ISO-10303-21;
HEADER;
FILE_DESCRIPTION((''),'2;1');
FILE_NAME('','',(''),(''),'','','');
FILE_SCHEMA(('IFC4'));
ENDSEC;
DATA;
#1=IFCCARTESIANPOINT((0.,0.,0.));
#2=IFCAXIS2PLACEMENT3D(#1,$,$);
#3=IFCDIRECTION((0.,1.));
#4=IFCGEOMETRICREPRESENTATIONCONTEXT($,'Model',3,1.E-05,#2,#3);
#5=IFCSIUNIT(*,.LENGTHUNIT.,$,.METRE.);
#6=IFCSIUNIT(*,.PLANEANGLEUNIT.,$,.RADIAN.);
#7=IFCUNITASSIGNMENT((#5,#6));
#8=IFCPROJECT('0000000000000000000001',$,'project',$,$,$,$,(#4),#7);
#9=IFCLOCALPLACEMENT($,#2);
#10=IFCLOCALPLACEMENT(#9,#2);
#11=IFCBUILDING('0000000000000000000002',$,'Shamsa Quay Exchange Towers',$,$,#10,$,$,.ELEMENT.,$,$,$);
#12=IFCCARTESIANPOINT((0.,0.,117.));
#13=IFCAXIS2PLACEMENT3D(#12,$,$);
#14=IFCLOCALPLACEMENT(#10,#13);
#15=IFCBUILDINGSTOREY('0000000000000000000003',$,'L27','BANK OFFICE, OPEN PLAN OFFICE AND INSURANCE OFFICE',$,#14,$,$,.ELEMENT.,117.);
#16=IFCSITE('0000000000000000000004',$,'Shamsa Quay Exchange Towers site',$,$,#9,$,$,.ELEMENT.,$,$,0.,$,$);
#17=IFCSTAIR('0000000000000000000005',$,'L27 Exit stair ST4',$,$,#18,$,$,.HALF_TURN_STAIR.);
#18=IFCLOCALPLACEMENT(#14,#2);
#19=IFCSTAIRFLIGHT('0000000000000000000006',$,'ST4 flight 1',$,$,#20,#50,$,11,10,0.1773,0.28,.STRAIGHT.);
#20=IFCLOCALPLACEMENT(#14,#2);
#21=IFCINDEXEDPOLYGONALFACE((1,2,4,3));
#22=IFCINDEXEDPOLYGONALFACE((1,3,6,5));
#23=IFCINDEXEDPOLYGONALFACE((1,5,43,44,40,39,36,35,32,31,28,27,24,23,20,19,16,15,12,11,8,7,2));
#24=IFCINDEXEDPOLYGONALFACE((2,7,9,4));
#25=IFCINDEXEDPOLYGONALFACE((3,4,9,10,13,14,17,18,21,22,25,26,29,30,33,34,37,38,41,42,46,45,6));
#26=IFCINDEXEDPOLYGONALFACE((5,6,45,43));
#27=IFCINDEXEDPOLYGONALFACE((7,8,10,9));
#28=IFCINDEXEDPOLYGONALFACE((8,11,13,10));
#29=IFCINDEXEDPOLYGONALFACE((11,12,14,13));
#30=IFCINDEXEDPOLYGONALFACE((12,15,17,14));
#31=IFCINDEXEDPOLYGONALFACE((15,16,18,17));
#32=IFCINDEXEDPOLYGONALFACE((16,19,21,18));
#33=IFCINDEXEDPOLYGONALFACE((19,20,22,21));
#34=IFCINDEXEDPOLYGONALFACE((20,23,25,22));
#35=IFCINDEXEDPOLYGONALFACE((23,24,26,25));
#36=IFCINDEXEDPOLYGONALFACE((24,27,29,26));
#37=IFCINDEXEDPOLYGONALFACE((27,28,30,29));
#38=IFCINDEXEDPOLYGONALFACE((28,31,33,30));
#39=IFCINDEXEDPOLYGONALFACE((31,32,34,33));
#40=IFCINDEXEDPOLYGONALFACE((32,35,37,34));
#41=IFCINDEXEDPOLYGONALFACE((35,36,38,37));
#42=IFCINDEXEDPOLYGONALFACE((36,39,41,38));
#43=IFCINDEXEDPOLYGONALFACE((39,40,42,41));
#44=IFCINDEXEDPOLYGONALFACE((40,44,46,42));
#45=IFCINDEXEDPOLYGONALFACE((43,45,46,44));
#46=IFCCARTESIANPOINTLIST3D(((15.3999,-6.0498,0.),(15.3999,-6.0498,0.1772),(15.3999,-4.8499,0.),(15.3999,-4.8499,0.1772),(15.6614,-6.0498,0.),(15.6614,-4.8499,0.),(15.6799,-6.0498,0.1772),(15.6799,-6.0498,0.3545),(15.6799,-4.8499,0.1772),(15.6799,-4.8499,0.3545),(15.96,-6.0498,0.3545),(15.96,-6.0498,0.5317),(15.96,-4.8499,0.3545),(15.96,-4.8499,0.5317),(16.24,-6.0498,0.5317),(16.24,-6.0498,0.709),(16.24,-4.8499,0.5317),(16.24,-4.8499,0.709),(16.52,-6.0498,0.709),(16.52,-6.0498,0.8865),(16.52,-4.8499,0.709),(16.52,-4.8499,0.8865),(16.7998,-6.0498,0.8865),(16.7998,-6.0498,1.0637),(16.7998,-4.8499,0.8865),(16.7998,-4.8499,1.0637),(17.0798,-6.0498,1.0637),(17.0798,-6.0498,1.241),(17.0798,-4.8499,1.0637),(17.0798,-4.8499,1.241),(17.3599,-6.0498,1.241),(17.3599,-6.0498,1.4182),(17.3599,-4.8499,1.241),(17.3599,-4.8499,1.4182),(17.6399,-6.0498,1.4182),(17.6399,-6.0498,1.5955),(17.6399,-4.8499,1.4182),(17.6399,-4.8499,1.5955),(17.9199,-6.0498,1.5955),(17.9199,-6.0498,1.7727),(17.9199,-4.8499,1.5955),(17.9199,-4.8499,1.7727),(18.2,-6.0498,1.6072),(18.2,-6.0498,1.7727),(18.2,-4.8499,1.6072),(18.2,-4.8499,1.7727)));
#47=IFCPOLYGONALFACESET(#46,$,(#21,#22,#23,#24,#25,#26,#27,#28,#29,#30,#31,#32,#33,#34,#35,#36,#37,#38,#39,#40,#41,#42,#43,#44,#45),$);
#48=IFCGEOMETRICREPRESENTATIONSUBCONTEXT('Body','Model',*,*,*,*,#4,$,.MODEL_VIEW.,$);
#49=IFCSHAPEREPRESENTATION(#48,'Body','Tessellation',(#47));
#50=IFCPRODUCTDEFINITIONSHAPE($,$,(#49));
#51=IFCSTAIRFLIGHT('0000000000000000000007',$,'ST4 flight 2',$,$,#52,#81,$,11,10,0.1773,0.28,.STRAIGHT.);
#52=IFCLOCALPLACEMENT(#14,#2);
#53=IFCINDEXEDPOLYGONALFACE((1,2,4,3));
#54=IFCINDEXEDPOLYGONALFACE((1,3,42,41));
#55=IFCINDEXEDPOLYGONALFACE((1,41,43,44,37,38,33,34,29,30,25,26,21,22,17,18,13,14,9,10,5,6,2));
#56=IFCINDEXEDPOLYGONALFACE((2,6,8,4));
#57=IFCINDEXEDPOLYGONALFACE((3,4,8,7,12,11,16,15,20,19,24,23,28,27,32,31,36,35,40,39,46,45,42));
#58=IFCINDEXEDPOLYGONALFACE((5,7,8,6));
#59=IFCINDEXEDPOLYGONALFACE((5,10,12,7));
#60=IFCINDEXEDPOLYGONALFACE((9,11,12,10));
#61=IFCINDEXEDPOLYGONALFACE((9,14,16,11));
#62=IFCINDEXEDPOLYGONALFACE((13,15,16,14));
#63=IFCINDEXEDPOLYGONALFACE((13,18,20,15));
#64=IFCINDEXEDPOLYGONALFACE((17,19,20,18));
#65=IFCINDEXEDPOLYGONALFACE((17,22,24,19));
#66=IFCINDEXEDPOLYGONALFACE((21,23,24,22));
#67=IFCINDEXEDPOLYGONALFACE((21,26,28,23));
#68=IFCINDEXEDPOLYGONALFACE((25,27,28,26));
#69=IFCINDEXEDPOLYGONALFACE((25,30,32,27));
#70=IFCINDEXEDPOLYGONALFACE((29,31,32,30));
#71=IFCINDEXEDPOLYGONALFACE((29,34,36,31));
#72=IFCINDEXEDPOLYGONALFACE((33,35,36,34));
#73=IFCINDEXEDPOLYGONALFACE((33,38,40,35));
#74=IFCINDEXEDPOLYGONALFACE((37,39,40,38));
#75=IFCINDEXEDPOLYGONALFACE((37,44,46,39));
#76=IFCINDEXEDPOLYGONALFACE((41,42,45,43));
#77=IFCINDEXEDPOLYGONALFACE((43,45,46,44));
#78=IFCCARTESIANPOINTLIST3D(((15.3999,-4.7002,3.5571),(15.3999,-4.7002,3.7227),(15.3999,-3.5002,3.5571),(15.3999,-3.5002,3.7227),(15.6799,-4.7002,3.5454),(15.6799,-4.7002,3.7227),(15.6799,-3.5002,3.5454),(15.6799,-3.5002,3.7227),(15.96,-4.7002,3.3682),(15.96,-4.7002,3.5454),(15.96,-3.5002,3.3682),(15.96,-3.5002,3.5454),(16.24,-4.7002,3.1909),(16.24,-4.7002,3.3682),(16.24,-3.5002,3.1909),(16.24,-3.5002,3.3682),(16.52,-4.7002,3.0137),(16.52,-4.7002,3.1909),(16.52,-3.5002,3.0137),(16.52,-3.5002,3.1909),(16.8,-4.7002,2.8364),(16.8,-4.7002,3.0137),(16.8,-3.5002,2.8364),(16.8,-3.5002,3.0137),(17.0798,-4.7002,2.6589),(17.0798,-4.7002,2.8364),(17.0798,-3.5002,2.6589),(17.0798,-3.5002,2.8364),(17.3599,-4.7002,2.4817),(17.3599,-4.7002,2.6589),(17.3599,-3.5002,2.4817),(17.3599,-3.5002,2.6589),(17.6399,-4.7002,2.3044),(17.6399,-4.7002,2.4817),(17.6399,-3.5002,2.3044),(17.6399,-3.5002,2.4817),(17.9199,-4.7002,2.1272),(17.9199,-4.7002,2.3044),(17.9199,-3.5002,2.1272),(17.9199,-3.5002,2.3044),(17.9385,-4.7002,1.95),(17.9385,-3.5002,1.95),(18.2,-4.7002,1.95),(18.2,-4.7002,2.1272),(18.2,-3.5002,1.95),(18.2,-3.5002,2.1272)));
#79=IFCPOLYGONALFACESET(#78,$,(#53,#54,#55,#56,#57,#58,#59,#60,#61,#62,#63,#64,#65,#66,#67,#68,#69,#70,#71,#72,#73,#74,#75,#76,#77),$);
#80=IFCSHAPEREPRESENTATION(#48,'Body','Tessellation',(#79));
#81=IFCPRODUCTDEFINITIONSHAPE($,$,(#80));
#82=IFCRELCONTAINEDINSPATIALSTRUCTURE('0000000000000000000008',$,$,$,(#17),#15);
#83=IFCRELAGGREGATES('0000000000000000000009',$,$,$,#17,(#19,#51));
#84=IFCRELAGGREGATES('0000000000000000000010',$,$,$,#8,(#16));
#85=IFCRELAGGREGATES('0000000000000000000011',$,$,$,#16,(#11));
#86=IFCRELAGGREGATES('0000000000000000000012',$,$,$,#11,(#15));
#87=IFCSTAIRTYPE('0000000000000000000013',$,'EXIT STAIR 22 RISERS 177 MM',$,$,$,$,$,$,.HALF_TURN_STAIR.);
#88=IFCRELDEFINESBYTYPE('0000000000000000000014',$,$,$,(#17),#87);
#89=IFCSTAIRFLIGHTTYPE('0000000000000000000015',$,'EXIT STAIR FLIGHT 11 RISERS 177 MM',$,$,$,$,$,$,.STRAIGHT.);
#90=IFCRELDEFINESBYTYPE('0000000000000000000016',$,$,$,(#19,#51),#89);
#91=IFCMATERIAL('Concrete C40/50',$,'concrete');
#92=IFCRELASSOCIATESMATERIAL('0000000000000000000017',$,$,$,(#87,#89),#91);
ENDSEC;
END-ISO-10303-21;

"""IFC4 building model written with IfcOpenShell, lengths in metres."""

from ifc_helpers import new_model, si_unit, direction, frame, origin, place, context, subcontext, project, spatial, polyline, outline, extrude, material, type_object, element, aggregate, save


model = new_model("IFC4")

# Units and contexts
model_context = context("Model", 3, precision=1e-05, world=origin(), true_north=direction((0.0, 1.0)))
body_context = subcontext(model_context, "Body", "Model", "MODEL_VIEW")
ifc_project = project(units=[si_unit("LENGTHUNIT", "METRE"), si_unit("PLANEANGLEUNIT", "RADIAN")], contexts=[model_context])

# Site, building, storey
site_placement = place(None, origin())
site = spatial("IfcSite", under=ifc_project, at=site_placement, Name="Shamsa Quay Exchange Towers site", CompositionType="ELEMENT", RefElevation=0.0)
building_placement = place(site_placement, origin())
building = spatial("IfcBuilding", under=site, at=building_placement, Name="Shamsa Quay Exchange Towers", CompositionType="ELEMENT")
storey_placement = place(building_placement, frame((0.0, 0.0, 117.0)))
storey = spatial("IfcBuildingStorey", under=building, at=storey_placement, Name="L27", Description="BANK OFFICE, OPEN PLAN OFFICE AND INSURANCE OFFICE", CompositionType="ELEMENT", Elevation=117.0)

# Stair, stair flights
ifc_material_1 = material(Name="Concrete C40/50", Category="concrete")
stair_type = type_object("IfcStairType", Name="EXIT STAIR 22 RISERS 177 MM", PredefinedType="HALF_TURN_STAIR", material=ifc_material_1)
stair_placement = place(storey_placement, origin())
stair = element("IfcStair", 1, at=stair_placement, inside=storey, type_object=stair_type, Name="L27 Exit stair ST4", PredefinedType="HALF_TURN_STAIR")
stair_flight_type = type_object("IfcStairFlightType", Name="EXIT STAIR FLIGHT 11 RISERS 177 MM", PredefinedType="STRAIGHT", material=ifc_material_1)
stair_flight_1_placement = place(storey_placement, frame((15.3999, -5.45, 0.0)))
stair_flight_1 = element("IfcStairFlight", 2, at=stair_flight_1_placement, type_object=stair_flight_type, Name="ST4 flight 1", NumberOfRisers=11, NumberOfTreads=10, PredefinedType="STRAIGHT", RiserHeight=0.1773, TreadLength=0.28, context=body_context, shape_type="SweptSolid", body=[
    extrude(outline(polyline([(0.0, 0.0), (0.0, 0.1772), (0.28, 0.1772), (0.28, 0.3545), (0.5601, 0.3545), (0.5601, 0.5317), (0.8401, 0.5317), (0.8401, 0.709), (1.1201, 0.709), (1.1201, 0.8865), (1.3999, 0.8865), (1.3999, 1.0637), (1.6799, 1.0637), (1.6799, 1.241), (1.96, 1.241), (1.96, 1.4182), (2.24, 1.4182), (2.24, 1.5955), (2.52, 1.5955), (2.52, 1.7727), (2.8, 1.7727), (2.8, 1.95), (2.8, 1.6072), (0.2615, 0.0), (0.0, 0.0)])), frame((0.0, 0.6001, 0.0), z_axis=(0.0, -1.0, 0.0), x_axis=(1.0, 0.0, 0.0)), (0.0, 0.0, 1.0), 1.2),
])
stair_flight_2_placement = place(storey_placement, frame((18.2, -4.1001, 1.95), z_axis=(0.0, 0.0, 1.0), x_axis=(-1.0, 0.0, 0.0)))
stair_flight_2 = element("IfcStairFlight", 3, at=stair_flight_2_placement, type_object=stair_flight_type, Name="ST4 flight 2", NumberOfRisers=11, NumberOfTreads=10, PredefinedType="STRAIGHT", RiserHeight=0.1773, TreadLength=0.28, context=body_context, shape_type="SweptSolid", body=[
    extrude(outline(polyline([(0.0, 0.0), (0.0, 0.1772), (0.28, 0.1772), (0.28, 0.3545), (0.5601, 0.3545), (0.5601, 0.5317), (0.8401, 0.5317), (0.8401, 0.709), (1.1201, 0.709), (1.1201, 0.8865), (1.3999, 0.8865), (1.3999, 1.0637), (1.6799, 1.0637), (1.6799, 1.241), (1.96, 1.241), (1.96, 1.4182), (2.24, 1.4182), (2.24, 1.5955), (2.52, 1.5955), (2.52, 1.7727), (2.8, 1.7727), (2.8, 1.95), (2.8, 1.6072), (0.2615, 0.0), (0.0, 0.0)])), frame((0.0, 0.6001, 0.0), z_axis=(0.0, -1.0, 0.0), x_axis=(1.0, 0.0, 0.0)), (0.0, 0.0, 1.0), 1.2),
])
aggregate(stair, [stair_flight_1, stair_flight_2])

save(model, "model.ifc")
